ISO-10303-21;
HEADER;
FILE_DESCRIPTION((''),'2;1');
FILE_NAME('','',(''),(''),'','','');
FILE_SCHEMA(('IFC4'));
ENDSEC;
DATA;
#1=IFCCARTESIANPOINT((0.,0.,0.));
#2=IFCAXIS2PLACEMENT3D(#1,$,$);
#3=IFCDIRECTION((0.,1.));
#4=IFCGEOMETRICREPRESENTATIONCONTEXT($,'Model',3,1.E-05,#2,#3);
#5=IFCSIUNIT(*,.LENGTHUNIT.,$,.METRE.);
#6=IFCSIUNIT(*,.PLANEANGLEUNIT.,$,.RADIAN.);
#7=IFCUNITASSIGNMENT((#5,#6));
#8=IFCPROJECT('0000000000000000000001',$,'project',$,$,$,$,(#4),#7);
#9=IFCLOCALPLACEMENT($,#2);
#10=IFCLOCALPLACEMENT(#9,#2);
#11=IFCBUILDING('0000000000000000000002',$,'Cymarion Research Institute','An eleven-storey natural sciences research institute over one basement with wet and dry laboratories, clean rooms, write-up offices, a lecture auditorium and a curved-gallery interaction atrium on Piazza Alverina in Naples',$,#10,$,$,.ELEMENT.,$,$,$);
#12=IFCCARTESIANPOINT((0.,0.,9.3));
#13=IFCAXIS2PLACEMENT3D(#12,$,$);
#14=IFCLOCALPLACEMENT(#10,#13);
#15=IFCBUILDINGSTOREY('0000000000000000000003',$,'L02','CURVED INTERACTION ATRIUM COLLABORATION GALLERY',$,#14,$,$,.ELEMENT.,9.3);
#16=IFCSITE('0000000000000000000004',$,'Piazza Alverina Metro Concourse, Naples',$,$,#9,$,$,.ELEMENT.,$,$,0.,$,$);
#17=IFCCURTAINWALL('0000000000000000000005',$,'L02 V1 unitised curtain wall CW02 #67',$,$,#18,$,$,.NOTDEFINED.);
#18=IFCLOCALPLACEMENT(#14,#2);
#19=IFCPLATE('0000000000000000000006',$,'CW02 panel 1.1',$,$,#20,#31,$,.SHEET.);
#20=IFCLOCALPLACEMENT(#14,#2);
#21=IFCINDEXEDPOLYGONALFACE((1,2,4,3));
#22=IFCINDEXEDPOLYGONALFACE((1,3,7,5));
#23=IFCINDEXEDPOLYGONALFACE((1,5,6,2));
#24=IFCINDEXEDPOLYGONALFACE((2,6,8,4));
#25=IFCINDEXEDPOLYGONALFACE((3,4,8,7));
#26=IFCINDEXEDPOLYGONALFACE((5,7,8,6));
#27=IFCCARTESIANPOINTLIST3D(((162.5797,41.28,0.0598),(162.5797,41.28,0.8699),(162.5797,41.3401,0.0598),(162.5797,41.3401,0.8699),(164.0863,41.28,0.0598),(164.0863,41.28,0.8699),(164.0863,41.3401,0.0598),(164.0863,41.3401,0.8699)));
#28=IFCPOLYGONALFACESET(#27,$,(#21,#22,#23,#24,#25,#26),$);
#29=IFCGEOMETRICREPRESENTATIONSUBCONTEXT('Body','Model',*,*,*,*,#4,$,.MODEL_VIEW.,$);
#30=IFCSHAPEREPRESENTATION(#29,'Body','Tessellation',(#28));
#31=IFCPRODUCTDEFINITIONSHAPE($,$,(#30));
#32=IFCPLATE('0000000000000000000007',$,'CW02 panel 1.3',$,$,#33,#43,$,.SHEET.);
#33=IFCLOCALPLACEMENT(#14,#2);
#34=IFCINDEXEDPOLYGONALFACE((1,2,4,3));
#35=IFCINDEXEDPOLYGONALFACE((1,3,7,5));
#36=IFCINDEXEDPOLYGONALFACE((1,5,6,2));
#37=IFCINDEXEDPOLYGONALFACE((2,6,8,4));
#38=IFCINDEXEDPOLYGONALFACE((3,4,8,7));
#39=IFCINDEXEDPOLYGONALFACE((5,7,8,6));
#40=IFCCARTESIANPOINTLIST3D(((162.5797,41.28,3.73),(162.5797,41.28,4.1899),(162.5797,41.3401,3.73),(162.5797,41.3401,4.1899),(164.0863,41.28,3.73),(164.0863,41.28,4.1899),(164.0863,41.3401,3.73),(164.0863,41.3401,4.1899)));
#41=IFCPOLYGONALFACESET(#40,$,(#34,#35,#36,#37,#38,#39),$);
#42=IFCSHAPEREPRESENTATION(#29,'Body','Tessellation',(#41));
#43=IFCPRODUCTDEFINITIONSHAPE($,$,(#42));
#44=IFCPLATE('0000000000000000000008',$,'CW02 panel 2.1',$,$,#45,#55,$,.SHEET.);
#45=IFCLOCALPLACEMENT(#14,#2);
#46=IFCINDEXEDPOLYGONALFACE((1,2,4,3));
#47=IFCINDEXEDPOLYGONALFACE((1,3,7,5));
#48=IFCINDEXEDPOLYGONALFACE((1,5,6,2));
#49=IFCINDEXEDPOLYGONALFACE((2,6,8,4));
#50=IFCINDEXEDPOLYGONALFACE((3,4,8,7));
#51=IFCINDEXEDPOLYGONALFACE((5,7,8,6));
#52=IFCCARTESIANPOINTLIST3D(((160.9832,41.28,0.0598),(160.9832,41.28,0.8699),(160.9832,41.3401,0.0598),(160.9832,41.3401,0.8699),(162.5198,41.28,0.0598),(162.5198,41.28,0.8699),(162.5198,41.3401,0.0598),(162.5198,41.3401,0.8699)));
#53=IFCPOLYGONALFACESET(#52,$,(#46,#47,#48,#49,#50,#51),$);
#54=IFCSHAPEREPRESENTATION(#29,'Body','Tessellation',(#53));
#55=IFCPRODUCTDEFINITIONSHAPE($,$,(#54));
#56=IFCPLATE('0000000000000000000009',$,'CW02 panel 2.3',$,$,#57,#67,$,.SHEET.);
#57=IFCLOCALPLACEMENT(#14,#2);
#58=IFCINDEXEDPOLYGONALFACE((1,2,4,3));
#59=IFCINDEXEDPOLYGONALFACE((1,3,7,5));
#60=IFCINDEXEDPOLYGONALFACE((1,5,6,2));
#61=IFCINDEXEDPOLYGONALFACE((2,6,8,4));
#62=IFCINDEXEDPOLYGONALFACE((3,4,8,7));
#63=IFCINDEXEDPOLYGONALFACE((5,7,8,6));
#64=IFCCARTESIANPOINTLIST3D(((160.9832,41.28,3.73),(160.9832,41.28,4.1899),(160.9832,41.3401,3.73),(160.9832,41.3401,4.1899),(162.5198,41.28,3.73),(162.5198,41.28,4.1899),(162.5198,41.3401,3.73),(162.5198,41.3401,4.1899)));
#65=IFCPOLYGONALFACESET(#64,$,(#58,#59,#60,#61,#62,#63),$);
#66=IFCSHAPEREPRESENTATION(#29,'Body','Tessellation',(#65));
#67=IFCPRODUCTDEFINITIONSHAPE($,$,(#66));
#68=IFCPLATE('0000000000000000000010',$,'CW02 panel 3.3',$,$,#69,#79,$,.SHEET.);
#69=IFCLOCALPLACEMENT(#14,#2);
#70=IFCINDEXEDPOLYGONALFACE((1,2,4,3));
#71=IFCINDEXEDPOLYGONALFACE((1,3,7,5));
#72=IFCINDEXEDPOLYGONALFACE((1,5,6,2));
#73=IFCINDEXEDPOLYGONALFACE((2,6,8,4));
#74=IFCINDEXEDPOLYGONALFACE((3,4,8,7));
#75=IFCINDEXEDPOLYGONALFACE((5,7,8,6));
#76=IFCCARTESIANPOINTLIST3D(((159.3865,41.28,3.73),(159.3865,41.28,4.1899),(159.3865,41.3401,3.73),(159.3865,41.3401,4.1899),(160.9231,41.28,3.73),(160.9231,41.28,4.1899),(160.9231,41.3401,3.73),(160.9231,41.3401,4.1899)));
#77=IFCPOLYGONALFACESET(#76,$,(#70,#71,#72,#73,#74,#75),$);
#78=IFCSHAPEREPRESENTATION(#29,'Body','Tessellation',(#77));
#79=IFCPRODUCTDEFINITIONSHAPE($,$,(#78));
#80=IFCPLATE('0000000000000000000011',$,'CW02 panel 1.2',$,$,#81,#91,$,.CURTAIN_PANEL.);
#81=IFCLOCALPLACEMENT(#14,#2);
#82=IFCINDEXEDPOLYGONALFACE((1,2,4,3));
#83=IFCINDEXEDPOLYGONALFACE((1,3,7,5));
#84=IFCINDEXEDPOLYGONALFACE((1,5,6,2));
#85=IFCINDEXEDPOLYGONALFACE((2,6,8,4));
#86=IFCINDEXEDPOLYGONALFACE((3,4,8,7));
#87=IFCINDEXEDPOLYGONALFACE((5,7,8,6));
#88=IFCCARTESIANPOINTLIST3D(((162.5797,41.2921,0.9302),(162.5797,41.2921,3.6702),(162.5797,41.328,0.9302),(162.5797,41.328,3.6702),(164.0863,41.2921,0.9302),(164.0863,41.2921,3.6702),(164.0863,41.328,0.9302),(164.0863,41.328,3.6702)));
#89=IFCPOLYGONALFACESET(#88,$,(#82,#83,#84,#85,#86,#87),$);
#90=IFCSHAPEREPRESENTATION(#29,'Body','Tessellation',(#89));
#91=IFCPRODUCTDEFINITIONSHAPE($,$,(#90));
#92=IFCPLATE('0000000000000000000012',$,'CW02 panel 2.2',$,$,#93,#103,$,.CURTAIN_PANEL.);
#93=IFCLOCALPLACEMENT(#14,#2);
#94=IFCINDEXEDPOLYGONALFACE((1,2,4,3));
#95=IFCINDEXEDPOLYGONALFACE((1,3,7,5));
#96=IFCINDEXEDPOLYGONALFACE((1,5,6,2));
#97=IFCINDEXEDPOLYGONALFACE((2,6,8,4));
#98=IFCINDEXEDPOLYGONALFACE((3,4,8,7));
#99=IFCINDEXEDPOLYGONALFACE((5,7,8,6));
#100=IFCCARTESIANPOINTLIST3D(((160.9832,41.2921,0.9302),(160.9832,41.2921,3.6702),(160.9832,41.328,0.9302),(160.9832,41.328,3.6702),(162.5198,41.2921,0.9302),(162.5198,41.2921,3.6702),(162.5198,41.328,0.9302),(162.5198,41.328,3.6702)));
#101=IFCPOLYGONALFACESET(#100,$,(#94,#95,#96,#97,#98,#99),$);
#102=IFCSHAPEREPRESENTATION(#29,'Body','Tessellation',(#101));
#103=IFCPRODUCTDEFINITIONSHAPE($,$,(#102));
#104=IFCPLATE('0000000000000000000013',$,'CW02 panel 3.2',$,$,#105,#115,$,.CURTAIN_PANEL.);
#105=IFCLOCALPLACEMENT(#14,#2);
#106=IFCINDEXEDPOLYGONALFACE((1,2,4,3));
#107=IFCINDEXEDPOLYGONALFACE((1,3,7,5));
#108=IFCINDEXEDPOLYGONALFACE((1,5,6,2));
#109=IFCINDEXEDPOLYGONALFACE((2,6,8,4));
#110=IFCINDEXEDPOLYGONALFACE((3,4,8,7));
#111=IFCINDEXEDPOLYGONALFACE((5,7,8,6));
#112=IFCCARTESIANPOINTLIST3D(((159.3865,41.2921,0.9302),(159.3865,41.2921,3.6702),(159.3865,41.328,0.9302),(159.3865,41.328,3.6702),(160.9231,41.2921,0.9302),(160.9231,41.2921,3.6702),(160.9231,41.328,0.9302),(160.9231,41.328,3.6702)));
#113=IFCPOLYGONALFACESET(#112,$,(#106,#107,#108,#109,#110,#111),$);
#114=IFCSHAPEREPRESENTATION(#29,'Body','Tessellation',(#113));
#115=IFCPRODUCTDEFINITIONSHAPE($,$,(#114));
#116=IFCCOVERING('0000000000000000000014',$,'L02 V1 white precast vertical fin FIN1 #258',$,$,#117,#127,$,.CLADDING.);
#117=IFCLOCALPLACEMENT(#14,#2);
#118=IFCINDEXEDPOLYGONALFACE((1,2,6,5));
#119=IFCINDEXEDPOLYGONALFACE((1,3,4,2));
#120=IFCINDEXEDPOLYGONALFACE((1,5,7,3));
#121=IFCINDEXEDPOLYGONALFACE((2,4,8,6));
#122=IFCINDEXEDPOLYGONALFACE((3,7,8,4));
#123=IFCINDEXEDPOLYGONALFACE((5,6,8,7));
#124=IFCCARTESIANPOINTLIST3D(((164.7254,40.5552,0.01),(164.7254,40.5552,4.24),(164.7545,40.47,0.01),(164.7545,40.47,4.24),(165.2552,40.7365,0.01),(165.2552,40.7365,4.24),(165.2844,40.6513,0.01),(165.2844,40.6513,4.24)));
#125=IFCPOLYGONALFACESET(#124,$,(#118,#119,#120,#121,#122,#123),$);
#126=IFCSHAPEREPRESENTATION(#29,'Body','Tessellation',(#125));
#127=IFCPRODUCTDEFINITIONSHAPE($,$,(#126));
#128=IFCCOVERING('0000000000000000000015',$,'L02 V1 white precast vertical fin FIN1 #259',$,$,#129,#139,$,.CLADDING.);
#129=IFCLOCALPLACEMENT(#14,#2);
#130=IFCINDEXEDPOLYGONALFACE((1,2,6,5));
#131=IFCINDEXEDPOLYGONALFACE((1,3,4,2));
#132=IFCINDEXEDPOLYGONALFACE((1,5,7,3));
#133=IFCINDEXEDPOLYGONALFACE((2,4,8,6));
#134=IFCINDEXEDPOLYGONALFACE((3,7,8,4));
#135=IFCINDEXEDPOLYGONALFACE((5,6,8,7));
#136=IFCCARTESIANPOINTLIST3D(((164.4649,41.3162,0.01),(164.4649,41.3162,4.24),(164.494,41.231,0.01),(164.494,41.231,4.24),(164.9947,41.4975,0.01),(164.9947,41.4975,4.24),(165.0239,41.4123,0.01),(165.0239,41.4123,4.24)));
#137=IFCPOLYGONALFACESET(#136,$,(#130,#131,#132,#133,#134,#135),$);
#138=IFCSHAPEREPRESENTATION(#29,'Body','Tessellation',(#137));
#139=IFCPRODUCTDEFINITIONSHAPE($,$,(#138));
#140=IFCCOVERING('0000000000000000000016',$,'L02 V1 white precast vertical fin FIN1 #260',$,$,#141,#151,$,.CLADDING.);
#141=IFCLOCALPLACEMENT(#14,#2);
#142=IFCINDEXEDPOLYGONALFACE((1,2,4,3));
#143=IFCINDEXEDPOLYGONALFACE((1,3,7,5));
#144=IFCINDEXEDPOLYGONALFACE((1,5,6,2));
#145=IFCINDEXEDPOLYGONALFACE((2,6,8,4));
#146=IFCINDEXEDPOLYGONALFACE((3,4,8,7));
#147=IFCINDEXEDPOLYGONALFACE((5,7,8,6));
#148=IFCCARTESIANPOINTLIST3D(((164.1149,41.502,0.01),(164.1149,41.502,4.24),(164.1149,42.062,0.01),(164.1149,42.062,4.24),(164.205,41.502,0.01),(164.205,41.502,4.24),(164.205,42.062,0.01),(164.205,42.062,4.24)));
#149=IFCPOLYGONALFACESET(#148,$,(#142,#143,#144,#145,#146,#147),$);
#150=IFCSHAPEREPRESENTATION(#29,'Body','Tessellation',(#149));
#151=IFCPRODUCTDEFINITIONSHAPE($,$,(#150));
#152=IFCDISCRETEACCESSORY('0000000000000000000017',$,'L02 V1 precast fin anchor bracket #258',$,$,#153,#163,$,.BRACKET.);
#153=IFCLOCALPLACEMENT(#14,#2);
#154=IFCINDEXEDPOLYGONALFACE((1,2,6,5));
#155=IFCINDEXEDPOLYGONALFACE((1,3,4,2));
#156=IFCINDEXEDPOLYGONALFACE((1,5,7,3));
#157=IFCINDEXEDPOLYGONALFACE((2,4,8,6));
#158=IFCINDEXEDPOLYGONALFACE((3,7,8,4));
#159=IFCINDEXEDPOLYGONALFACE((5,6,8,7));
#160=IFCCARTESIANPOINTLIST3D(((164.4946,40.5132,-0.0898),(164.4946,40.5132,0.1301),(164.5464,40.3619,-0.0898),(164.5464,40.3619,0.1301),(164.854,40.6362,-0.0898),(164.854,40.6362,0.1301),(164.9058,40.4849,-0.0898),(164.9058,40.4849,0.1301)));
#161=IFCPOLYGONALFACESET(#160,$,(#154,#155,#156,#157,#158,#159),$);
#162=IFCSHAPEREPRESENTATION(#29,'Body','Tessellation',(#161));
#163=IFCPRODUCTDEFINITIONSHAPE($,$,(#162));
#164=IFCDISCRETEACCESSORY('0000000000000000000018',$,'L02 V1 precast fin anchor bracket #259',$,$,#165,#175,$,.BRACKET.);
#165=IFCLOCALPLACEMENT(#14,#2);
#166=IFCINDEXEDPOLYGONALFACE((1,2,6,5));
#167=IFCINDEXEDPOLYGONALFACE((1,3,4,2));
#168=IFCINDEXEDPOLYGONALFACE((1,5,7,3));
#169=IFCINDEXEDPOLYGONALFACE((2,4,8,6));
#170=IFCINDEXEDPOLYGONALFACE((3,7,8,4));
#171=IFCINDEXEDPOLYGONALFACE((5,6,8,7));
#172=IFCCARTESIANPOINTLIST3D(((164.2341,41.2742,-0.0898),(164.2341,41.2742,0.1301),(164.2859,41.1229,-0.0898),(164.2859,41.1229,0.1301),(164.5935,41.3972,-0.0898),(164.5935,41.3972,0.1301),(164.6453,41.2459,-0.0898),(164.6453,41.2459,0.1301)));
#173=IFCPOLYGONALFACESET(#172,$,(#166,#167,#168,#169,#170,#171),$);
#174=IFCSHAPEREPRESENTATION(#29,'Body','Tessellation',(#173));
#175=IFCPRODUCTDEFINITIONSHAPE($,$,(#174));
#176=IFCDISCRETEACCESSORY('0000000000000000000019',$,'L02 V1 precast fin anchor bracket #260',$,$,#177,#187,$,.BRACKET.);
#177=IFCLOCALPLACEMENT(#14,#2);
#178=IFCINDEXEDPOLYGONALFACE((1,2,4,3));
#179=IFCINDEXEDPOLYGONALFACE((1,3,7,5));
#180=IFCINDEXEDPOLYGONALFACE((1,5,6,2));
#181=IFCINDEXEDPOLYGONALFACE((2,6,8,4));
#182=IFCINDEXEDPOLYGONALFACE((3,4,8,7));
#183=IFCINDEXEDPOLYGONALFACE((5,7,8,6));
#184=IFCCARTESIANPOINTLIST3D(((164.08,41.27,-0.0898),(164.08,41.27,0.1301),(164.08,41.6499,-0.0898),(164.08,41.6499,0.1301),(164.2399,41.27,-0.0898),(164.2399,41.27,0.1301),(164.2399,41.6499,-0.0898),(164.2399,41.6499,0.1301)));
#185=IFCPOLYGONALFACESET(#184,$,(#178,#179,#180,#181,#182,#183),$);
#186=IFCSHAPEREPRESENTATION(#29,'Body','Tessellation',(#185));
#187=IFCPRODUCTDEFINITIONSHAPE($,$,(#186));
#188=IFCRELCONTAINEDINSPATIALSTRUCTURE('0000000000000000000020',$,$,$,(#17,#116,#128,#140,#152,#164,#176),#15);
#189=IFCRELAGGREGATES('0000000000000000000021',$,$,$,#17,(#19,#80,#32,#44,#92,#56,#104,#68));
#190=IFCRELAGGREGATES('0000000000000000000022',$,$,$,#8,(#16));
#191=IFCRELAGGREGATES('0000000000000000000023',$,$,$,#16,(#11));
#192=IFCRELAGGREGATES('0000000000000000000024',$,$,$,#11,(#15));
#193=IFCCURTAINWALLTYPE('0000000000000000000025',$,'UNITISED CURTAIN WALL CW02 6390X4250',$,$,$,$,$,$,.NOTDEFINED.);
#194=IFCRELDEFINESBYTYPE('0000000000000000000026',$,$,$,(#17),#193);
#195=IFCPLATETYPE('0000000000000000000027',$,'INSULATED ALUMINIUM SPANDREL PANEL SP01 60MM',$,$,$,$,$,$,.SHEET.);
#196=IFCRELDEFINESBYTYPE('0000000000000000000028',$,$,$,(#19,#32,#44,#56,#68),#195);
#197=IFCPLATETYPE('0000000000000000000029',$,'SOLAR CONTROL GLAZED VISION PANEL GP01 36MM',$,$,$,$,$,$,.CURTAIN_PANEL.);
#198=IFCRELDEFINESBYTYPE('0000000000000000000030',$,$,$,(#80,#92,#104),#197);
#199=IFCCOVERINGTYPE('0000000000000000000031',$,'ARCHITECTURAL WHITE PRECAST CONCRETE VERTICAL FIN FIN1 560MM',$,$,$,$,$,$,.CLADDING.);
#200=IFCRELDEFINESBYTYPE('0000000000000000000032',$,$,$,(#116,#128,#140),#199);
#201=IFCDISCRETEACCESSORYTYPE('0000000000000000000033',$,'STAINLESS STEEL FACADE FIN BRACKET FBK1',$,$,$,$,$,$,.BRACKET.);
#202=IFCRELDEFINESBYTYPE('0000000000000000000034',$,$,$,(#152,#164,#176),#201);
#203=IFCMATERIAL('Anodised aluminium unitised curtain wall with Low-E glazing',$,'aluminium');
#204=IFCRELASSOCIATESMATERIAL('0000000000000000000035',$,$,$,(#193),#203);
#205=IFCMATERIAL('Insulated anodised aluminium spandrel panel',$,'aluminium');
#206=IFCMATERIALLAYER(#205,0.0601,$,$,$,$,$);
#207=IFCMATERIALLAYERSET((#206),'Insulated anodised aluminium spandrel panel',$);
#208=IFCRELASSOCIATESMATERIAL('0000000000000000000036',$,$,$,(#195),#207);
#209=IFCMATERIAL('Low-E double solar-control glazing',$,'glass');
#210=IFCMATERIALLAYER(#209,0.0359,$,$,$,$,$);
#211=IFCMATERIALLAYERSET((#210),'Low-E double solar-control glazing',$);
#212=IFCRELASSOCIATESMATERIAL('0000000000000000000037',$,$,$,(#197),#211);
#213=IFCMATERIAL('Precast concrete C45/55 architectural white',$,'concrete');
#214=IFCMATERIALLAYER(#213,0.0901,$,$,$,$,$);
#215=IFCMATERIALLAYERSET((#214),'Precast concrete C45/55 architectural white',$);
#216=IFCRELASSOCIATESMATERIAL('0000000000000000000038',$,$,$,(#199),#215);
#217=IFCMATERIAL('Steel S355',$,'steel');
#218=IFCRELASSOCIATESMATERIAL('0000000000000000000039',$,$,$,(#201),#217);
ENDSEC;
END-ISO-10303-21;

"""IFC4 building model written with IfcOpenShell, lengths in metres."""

from ifc_helpers import new_model, si_unit, direction, frame, origin, origin_2d, place, context, subcontext, project, spatial, rectangle, extrude, material, layer, layer_set, type_object, element, aggregate, save


model = new_model("IFC4")

# Units and contexts
model_context = context("Model", 3, precision=1e-05, world=origin(), true_north=direction((0.0, 1.0)))
body_context = subcontext(model_context, "Body", "Model", "MODEL_VIEW")
ifc_project = project(units=[si_unit("LENGTHUNIT", "METRE"), si_unit("PLANEANGLEUNIT", "RADIAN")], contexts=[model_context])

# Site, building, storey
site_placement = place(None, origin())
site = spatial("IfcSite", under=ifc_project, at=site_placement, Name="Piazza Alverina Metro Concourse, Naples", CompositionType="ELEMENT", RefElevation=0.0)
building_placement = place(site_placement, origin())
building = spatial("IfcBuilding", under=site, at=building_placement, Name="Cymarion Research Institute", Description="An eleven-storey natural sciences research institute over one basement with wet and dry laboratories, clean rooms, write-up offices, a lecture auditorium and a curved-gallery interaction atrium on Piazza Alverina in Naples", CompositionType="ELEMENT")
storey_placement = place(building_placement, frame((0.0, 0.0, 9.3)))
storey = spatial("IfcBuildingStorey", under=building, at=storey_placement, Name="L02", Description="CURVED INTERACTION ATRIUM COLLABORATION GALLERY", CompositionType="ELEMENT", Elevation=9.3)

# Curtain wall, plates
ifc_material_1 = material(Name="Anodised aluminium unitised curtain wall with Low-E glazing", Category="aluminium")
curtain_wall_type = type_object("IfcCurtainWallType", Name="UNITISED CURTAIN WALL CW02 6390X4250", PredefinedType="NOTDEFINED", material=ifc_material_1)
curtain_wall_placement = place(storey_placement, origin())
curtain_wall = element("IfcCurtainWall", 1, at=curtain_wall_placement, inside=storey, type_object=curtain_wall_type, Name="L02 V1 unitised curtain wall CW02 #67", PredefinedType="NOTDEFINED")
ifc_material_2 = material(Name="Insulated anodised aluminium spandrel panel", Category="aluminium")
ifc_layer_1 = layer(ifc_material_2, 0.0601)
ifc_layer_set_1 = layer_set([ifc_layer_1], Name="Insulated anodised aluminium spandrel panel")
plate_type_1 = type_object("IfcPlateType", Name="INSULATED ALUMINIUM SPANDREL PANEL SP01 60MM", PredefinedType="SHEET", material=ifc_layer_set_1)
plate_1_placement = place(storey_placement, frame((163.333, 41.3101, 0.0598), z_axis=(0.0, 0.0, 1.0), x_axis=(-1.0, 0.0, 0.0)))
plate_1 = element("IfcPlate", 2, at=plate_1_placement, type_object=plate_type_1, Name="CW02 panel 1.1", PredefinedType="SHEET", context=body_context, shape_type="SweptSolid", body=[
    extrude(rectangle(XDim=1.5066, YDim=0.0601, at=origin_2d()), origin(), (0.0, 0.0, 1.0), 0.8101),
])
plate_2_placement = place(storey_placement, frame((163.333, 41.3101, 3.73), z_axis=(0.0, 0.0, 1.0), x_axis=(-1.0, 0.0, 0.0)))
plate_2 = element("IfcPlate", 3, at=plate_2_placement, type_object=plate_type_1, Name="CW02 panel 1.3", PredefinedType="SHEET", context=body_context, shape_type="SweptSolid", body=[
    extrude(rectangle(XDim=1.5066, YDim=0.0601, at=origin_2d()), origin(), (0.0, 0.0, 1.0), 0.46),
])
plate_3_placement = place(storey_placement, frame((161.7515, 41.3101, 0.0598), z_axis=(0.0, 0.0, 1.0), x_axis=(-1.0, 0.0, 0.0)))
plate_3 = element("IfcPlate", 4, at=plate_3_placement, type_object=plate_type_1, Name="CW02 panel 2.1", PredefinedType="SHEET", context=body_context, shape_type="SweptSolid", body=[
    extrude(rectangle(XDim=1.5366, YDim=0.0601, at=origin_2d()), origin(), (0.0, 0.0, 1.0), 0.8101),
])
plate_4_placement = place(storey_placement, frame((161.7515, 41.3101, 3.73), z_axis=(0.0, 0.0, 1.0), x_axis=(-1.0, 0.0, 0.0)))
plate_4 = element("IfcPlate", 5, at=plate_4_placement, type_object=plate_type_1, Name="CW02 panel 2.3", PredefinedType="SHEET", context=body_context, shape_type="SweptSolid", body=[
    extrude(rectangle(XDim=1.5366, YDim=0.0601, at=origin_2d()), origin(), (0.0, 0.0, 1.0), 0.46),
])
plate_5_placement = place(storey_placement, frame((160.1548, 41.3101, 3.73), z_axis=(0.0, 0.0, 1.0), x_axis=(-1.0, 0.0, 0.0)))
plate_5 = element("IfcPlate", 6, at=plate_5_placement, type_object=plate_type_1, Name="CW02 panel 3.3", PredefinedType="SHEET", context=body_context, shape_type="SweptSolid", body=[
    extrude(rectangle(XDim=1.5366, YDim=0.0601, at=origin_2d()), origin(), (0.0, 0.0, 1.0), 0.46),
])
ifc_material_3 = material(Name="Low-E double solar-control glazing", Category="glass")
ifc_layer_2 = layer(ifc_material_3, 0.0359)
ifc_layer_set_2 = layer_set([ifc_layer_2], Name="Low-E double solar-control glazing")
plate_type_2 = type_object("IfcPlateType", Name="SOLAR CONTROL GLAZED VISION PANEL GP01 36MM", PredefinedType="CURTAIN_PANEL", material=ifc_layer_set_2)
plate_6_placement = place(storey_placement, frame((163.333, 41.3101, 0.9302), z_axis=(0.0, 0.0, 1.0), x_axis=(-1.0, 0.0, 0.0)))
plate_6 = element("IfcPlate", 7, at=plate_6_placement, type_object=plate_type_2, Name="CW02 panel 1.2", PredefinedType="CURTAIN_PANEL", context=body_context, shape_type="SweptSolid", body=[
    extrude(rectangle(XDim=1.5066, YDim=0.0359, at=origin_2d()), origin(), (0.0, 0.0, 1.0), 2.74),
])
plate_7_placement = place(storey_placement, frame((161.7515, 41.3101, 0.9302), z_axis=(0.0, 0.0, 1.0), x_axis=(-1.0, 0.0, 0.0)))
plate_7 = element("IfcPlate", 8, at=plate_7_placement, type_object=plate_type_2, Name="CW02 panel 2.2", PredefinedType="CURTAIN_PANEL", context=body_context, shape_type="SweptSolid", body=[
    extrude(rectangle(XDim=1.5366, YDim=0.0359, at=origin_2d()), origin(), (0.0, 0.0, 1.0), 2.74),
])
plate_8_placement = place(storey_placement, frame((160.1548, 41.3101, 0.9302), z_axis=(0.0, 0.0, 1.0), x_axis=(-1.0, 0.0, 0.0)))
plate_8 = element("IfcPlate", 9, at=plate_8_placement, type_object=plate_type_2, Name="CW02 panel 3.2", PredefinedType="CURTAIN_PANEL", context=body_context, shape_type="SweptSolid", body=[
    extrude(rectangle(XDim=1.5366, YDim=0.0359, at=origin_2d()), origin(), (0.0, 0.0, 1.0), 2.74),
])
aggregate(curtain_wall, [plate_1, plate_6, plate_2, plate_3, plate_7, plate_4, plate_8, plate_5])

# Coverings
ifc_material_4 = material(Name="Precast concrete C45/55 architectural white", Category="concrete")
ifc_layer_3 = layer(ifc_material_4, 0.0901)
ifc_layer_set_3 = layer_set([ifc_layer_3], Name="Precast concrete C45/55 architectural white")
covering_type = type_object("IfcCoveringType", Name="ARCHITECTURAL WHITE PRECAST CONCRETE VERTICAL FIN FIN1 560MM", PredefinedType="CLADDING", material=ifc_layer_set_3)
for number, where, z_axis, x_axis, name in (
    (10, (165.0049, 40.6033, 0.01), (0.0, 0.0, 1.0), (0.946142, 0.323752, 0.0), "L02 V1 white precast vertical fin FIN1 #258"),
    (11, (164.7444, 41.3643, 0.01), (0.0, 0.0, 1.0), (0.946142, 0.323752, 0.0), "L02 V1 white precast vertical fin FIN1 #259"),
    (12, (164.1599, 41.782, 0.01), (0.0, 0.0, 1.0), (0.0, 1.0, 0.0), "L02 V1 white precast vertical fin FIN1 #260"),
):
    element("IfcCovering", number, at=place(storey_placement, frame(where, z_axis=z_axis, x_axis=x_axis)), inside=storey, type_object=covering_type, Name=name, PredefinedType="CLADDING", context=body_context, shape_type="SweptSolid", body=[
        extrude(rectangle(XDim=0.5601, YDim=0.0901, at=origin_2d()), origin(), (0.0, 0.0, 1.0), 4.23),
    ])

# Discrete accessories
ifc_material_5 = material(Name="Steel S355", Category="steel")
discrete_accessory_type = type_object("IfcDiscreteAccessoryType", Name="STAINLESS STEEL FACADE FIN BRACKET FBK1", PredefinedType="BRACKET", material=ifc_material_5)
for number, where, z_axis, x_axis, name in (
    (13, (164.7002, 40.499, -0.0898), (0.0, 0.0, 1.0), (0.946142, 0.323752, 0.0), "L02 V1 precast fin anchor bracket #258"),
    (14, (164.4397, 41.26, -0.0898), (0.0, 0.0, 1.0), (0.946142, 0.323752, 0.0), "L02 V1 precast fin anchor bracket #259"),
    (15, (164.1599, 41.46, -0.0898), (0.0, 0.0, 1.0), (0.0, 1.0, 0.0), "L02 V1 precast fin anchor bracket #260"),
):
    element("IfcDiscreteAccessory", number, at=place(storey_placement, frame(where, z_axis=z_axis, x_axis=x_axis)), inside=storey, type_object=discrete_accessory_type, Name=name, PredefinedType="BRACKET", context=body_context, shape_type="SweptSolid", body=[
        extrude(rectangle(XDim=0.3799, YDim=0.1599, at=origin_2d()), origin(), (0.0, 0.0, 1.0), 0.22),
    ])

save(model, "model.ifc")
